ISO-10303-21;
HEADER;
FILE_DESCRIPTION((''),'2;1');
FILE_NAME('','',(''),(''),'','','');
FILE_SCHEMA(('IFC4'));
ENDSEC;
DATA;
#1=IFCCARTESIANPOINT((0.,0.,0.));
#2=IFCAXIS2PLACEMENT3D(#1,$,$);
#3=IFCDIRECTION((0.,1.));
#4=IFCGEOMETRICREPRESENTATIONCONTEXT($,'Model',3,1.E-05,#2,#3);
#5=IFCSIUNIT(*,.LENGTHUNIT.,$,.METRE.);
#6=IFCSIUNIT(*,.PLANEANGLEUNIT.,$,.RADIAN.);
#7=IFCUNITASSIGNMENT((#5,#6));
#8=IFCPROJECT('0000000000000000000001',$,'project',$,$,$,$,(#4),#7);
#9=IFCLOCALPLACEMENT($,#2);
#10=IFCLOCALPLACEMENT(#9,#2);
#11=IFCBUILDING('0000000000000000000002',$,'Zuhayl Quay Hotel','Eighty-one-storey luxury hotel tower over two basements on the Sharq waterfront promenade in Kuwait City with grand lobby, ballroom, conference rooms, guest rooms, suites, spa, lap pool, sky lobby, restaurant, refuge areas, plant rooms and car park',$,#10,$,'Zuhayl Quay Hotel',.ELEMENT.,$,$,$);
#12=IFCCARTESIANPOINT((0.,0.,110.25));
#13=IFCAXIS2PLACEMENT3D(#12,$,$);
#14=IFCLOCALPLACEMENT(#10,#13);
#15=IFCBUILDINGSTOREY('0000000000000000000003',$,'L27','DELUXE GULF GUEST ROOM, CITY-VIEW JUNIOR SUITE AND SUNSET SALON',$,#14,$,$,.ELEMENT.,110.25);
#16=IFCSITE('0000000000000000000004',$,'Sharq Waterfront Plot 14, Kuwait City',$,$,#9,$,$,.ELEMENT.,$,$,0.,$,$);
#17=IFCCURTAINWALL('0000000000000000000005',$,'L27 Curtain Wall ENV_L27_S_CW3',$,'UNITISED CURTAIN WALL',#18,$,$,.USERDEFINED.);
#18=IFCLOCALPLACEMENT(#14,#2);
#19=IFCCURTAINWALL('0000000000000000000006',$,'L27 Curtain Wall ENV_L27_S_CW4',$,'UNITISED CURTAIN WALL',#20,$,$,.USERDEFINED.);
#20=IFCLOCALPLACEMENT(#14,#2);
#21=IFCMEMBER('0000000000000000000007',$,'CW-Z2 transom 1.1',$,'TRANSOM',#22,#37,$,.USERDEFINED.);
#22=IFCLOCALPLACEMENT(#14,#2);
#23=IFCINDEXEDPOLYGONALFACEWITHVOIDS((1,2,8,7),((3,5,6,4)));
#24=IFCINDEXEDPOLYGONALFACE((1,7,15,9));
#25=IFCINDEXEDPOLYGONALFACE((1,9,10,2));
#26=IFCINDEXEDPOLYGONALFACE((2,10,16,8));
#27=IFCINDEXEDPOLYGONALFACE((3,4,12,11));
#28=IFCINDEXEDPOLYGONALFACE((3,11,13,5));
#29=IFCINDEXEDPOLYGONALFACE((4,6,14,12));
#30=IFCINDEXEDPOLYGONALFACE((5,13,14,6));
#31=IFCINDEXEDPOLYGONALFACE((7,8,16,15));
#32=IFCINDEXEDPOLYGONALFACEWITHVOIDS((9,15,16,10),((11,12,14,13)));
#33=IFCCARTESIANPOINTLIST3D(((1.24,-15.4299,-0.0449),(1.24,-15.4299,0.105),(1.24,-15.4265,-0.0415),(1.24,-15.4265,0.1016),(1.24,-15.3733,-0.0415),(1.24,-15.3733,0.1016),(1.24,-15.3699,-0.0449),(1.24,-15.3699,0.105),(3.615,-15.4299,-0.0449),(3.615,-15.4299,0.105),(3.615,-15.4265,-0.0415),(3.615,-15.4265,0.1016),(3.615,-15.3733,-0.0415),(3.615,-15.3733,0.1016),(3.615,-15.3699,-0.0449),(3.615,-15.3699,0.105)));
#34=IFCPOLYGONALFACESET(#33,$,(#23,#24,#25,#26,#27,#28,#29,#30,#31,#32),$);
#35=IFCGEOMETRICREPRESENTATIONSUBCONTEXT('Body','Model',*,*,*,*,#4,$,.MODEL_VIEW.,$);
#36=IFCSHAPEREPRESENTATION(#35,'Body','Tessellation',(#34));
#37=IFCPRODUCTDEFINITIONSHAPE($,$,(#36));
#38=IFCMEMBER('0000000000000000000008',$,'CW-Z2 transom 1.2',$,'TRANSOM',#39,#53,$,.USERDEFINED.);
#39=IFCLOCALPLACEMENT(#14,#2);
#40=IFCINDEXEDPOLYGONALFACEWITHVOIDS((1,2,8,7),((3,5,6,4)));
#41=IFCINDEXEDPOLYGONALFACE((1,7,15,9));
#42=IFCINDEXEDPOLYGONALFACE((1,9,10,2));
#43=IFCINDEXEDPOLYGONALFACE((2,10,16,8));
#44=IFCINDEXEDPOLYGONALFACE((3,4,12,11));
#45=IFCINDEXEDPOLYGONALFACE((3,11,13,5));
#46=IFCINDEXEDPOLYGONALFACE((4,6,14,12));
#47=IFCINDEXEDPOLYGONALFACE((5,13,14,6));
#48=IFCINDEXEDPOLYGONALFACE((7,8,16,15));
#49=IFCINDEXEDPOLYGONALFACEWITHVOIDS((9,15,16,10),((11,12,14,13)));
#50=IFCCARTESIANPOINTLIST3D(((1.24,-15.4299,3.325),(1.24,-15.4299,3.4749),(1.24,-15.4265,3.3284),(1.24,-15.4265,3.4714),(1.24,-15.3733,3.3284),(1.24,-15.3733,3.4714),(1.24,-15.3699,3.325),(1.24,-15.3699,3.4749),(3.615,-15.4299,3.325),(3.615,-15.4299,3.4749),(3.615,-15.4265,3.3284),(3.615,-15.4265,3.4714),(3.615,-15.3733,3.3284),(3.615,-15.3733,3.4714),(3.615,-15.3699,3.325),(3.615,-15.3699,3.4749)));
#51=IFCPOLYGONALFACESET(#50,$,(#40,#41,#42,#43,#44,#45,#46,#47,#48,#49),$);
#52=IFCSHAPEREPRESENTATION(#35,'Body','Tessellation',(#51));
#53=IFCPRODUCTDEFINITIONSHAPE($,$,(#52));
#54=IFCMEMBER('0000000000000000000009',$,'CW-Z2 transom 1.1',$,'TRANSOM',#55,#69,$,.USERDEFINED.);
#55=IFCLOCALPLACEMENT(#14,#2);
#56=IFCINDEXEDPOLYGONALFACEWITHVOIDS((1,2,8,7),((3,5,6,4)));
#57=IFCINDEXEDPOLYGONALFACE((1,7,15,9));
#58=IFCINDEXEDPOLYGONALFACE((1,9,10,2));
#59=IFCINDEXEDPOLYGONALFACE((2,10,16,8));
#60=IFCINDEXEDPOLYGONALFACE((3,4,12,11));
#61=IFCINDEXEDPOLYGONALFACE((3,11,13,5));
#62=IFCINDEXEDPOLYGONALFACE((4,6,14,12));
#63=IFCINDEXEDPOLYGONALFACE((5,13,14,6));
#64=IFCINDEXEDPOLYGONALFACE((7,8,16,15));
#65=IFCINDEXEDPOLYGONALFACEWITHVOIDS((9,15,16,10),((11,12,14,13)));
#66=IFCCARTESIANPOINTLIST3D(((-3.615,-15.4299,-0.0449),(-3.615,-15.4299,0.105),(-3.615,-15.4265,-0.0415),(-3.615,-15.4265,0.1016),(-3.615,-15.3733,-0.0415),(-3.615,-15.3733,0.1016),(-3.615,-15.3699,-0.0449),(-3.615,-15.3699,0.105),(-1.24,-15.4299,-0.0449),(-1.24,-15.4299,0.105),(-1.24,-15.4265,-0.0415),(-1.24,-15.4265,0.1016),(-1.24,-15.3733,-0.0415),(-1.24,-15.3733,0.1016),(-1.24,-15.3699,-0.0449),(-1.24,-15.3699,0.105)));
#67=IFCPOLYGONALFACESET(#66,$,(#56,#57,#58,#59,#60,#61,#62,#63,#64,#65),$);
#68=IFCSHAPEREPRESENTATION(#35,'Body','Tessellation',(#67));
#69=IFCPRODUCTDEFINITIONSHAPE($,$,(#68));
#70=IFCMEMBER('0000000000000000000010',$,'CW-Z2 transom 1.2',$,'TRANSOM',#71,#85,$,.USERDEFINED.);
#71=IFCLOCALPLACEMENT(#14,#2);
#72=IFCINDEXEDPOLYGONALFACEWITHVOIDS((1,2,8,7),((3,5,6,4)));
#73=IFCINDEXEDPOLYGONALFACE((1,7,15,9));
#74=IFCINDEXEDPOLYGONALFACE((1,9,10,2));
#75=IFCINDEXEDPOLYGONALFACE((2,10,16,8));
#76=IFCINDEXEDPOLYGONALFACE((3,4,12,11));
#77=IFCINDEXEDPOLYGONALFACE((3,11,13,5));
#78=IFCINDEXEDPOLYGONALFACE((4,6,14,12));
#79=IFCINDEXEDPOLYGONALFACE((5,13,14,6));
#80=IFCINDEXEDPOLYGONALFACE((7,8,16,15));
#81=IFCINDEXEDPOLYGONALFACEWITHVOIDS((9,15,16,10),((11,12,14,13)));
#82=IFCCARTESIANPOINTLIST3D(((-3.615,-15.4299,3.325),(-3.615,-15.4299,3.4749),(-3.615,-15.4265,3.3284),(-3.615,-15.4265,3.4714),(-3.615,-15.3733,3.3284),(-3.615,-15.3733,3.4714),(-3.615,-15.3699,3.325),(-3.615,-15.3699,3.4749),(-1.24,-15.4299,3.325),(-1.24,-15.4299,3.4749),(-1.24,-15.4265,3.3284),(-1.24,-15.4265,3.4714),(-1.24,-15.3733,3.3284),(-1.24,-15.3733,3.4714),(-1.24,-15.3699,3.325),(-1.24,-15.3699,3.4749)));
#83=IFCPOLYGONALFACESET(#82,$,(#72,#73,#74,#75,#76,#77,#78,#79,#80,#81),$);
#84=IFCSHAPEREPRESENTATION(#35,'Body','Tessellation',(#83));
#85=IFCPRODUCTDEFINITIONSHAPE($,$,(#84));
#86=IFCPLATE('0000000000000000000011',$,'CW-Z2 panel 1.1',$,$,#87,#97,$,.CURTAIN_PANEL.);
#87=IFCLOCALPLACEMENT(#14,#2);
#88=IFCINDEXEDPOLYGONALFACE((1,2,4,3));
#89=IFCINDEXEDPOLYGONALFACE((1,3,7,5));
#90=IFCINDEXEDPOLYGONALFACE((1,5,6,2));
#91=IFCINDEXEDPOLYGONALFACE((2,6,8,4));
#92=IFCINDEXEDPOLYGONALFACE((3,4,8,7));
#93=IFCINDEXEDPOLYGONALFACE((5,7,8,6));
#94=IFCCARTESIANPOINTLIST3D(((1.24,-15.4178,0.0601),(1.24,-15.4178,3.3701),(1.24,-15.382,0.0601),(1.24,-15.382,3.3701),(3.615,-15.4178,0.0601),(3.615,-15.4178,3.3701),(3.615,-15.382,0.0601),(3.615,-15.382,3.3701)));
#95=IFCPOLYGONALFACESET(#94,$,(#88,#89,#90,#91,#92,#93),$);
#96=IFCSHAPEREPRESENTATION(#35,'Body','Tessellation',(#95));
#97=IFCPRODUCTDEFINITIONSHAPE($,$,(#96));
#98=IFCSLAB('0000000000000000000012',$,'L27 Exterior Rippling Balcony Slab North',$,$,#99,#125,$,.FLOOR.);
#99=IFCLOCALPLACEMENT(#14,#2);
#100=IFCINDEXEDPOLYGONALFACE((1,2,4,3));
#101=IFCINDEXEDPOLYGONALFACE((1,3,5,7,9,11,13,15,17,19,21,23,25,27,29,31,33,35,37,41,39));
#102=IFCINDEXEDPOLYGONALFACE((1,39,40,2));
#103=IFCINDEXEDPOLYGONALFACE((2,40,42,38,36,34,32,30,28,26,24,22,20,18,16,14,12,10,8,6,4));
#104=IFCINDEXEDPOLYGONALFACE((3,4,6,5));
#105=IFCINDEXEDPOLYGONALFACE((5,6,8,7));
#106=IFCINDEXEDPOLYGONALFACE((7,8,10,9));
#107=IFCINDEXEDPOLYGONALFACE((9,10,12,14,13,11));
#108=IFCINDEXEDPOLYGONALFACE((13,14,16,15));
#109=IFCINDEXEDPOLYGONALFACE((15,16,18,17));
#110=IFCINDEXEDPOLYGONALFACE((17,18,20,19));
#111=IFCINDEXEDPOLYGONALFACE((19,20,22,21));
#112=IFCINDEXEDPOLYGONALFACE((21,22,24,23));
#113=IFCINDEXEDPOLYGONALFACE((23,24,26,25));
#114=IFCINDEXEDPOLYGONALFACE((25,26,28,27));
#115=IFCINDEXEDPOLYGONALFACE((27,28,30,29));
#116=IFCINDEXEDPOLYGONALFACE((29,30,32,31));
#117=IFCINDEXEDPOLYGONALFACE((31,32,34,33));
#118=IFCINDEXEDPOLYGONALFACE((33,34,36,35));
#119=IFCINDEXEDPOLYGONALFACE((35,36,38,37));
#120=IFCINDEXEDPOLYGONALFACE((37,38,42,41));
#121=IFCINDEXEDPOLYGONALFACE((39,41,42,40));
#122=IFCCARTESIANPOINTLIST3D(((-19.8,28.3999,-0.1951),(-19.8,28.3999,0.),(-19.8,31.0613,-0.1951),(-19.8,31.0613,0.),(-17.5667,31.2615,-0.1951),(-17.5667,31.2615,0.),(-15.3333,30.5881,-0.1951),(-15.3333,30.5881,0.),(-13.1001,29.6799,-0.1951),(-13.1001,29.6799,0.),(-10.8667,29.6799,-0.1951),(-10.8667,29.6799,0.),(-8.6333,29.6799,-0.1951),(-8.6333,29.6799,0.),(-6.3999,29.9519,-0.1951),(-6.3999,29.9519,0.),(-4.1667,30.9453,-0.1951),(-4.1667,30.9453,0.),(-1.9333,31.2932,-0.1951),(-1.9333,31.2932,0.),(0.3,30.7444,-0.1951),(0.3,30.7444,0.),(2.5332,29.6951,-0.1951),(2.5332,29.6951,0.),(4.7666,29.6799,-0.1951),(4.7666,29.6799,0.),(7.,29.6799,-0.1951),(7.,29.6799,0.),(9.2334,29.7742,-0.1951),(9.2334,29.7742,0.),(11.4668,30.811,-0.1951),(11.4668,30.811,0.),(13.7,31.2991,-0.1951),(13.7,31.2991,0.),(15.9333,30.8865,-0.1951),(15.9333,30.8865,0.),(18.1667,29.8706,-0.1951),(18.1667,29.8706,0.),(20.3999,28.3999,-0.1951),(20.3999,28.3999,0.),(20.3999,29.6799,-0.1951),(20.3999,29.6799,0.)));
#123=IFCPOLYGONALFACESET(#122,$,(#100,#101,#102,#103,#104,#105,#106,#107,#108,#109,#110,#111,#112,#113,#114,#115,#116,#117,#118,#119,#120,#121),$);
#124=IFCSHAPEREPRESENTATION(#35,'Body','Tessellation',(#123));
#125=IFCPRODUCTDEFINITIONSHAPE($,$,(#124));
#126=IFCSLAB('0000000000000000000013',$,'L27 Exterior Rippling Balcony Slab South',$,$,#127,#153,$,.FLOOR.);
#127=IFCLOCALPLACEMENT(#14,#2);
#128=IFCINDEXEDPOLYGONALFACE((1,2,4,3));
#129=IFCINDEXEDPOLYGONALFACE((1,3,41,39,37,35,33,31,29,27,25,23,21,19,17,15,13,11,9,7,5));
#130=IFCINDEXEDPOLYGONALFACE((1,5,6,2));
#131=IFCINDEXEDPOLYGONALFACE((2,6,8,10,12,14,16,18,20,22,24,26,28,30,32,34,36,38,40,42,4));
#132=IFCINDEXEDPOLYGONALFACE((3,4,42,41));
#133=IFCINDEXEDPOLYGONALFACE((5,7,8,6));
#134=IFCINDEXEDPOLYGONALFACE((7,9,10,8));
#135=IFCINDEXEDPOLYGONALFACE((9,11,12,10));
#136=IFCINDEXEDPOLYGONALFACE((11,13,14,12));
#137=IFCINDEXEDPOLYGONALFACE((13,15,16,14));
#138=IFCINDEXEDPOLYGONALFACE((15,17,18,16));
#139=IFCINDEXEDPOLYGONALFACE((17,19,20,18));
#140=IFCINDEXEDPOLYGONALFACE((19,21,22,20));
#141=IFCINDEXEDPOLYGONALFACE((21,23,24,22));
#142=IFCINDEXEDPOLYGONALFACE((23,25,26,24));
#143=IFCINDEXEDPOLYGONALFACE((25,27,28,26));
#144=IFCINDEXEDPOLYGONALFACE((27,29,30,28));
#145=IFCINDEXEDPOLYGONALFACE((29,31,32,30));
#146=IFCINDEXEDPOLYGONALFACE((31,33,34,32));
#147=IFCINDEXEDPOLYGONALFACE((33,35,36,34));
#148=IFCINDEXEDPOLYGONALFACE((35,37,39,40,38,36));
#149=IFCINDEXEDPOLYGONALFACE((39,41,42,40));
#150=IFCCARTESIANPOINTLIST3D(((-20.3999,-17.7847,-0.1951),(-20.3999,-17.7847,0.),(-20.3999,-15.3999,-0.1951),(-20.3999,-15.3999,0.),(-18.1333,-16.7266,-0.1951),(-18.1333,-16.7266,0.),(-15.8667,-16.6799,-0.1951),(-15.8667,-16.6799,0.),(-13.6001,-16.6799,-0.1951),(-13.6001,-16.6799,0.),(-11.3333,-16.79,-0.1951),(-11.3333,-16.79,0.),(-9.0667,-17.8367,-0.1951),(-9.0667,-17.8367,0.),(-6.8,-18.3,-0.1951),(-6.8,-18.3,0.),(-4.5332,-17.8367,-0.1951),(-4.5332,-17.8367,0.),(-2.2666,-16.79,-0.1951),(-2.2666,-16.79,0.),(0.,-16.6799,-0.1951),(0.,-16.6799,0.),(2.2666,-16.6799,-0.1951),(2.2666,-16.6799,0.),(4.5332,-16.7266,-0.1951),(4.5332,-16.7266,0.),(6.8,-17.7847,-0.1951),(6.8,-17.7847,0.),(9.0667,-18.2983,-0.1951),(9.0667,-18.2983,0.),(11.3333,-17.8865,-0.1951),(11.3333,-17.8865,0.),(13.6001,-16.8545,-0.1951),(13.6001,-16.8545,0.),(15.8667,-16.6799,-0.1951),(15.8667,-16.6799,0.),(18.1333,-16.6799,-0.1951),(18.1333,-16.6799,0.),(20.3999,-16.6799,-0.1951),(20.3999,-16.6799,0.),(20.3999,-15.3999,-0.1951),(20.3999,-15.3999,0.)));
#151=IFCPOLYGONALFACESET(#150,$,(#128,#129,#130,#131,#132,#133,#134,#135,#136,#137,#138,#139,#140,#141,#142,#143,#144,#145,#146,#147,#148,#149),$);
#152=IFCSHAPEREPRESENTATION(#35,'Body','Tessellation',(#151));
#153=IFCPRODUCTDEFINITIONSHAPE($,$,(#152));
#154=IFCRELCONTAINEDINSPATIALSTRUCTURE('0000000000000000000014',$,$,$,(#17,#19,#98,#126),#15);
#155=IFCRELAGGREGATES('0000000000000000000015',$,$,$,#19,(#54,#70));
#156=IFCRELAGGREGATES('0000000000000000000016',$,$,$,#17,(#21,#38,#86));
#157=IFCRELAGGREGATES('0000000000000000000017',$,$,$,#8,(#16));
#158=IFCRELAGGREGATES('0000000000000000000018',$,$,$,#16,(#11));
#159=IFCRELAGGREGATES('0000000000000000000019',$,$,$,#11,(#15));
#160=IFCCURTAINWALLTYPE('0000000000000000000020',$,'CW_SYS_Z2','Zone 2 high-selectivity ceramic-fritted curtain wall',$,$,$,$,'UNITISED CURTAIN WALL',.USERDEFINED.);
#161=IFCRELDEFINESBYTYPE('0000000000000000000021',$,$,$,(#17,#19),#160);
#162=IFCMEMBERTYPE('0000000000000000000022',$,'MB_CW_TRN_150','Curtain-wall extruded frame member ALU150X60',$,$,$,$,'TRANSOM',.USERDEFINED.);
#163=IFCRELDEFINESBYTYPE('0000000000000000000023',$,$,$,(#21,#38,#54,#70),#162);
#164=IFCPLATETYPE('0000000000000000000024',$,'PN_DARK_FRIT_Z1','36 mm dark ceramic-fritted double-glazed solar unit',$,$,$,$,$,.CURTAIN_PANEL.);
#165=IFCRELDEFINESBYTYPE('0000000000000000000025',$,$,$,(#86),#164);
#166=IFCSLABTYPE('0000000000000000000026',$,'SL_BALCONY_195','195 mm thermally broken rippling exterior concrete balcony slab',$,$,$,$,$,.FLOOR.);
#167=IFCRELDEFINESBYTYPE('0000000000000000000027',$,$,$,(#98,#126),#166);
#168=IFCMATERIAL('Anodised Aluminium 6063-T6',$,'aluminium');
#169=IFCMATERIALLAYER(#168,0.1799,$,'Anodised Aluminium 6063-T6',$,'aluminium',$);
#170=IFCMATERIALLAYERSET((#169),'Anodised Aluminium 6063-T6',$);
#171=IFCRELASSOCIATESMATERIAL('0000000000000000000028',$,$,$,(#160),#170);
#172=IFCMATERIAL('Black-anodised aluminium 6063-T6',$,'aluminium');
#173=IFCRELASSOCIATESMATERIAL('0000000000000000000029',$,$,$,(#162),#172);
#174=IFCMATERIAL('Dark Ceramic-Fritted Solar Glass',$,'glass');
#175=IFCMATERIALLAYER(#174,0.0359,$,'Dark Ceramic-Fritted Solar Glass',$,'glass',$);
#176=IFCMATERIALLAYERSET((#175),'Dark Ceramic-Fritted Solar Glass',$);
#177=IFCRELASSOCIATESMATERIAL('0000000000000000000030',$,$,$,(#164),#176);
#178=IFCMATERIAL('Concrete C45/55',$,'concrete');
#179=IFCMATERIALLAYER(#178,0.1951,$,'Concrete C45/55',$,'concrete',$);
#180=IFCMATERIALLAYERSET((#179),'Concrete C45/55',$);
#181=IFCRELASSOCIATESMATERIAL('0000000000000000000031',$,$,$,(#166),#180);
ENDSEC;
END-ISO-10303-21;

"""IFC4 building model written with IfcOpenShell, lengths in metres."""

from ifc_helpers import new_model, si_unit, direction, frame, origin, origin_2d, place, context, subcontext, project, spatial, polyline, rectangle, hollow_rectangle, outline, extrude, material, layer, layer_set, material_profile, profile_set, type_object, element, aggregate, save


model = new_model("IFC4")

# Units and contexts
model_context = context("Model", 3, precision=1e-05, world=origin(), true_north=direction((0.0, 1.0)))
body_context = subcontext(model_context, "Body", "Model", "MODEL_VIEW")
ifc_project = project(units=[si_unit("LENGTHUNIT", "METRE"), si_unit("PLANEANGLEUNIT", "RADIAN")], contexts=[model_context])

# Site, building, storey
site_placement = place(None, origin())
site = spatial("IfcSite", under=ifc_project, at=site_placement, Name="Sharq Waterfront Plot 14, Kuwait City", CompositionType="ELEMENT", RefElevation=0.0)
building_placement = place(site_placement, origin())
building = spatial("IfcBuilding", under=site, at=building_placement, Name="Zuhayl Quay Hotel", Description="Eighty-one-storey luxury hotel tower over two basements on the Sharq waterfront promenade in Kuwait City with grand lobby, ballroom, conference rooms, guest rooms, suites, spa, lap pool, sky lobby, restaurant, refuge areas, plant rooms and car park", LongName="Zuhayl Quay Hotel", CompositionType="ELEMENT")
storey_placement = place(building_placement, frame((0.0, 0.0, 110.25)))
storey = spatial("IfcBuildingStorey", under=building, at=storey_placement, Name="L27", Description="DELUXE GULF GUEST ROOM, CITY-VIEW JUNIOR SUITE AND SUNSET SALON", CompositionType="ELEMENT", Elevation=110.25)

# Curtain wall
ifc_material_1 = material(Name="Anodised Aluminium 6063-T6", Category="aluminium")
ifc_layer_1 = layer(ifc_material_1, 0.1799, Name="Anodised Aluminium 6063-T6", Category="aluminium")
ifc_layer_set_1 = layer_set([ifc_layer_1], Name="Anodised Aluminium 6063-T6")
curtain_wall_type = type_object("IfcCurtainWallType", Name="CW_SYS_Z2", Description="Zone 2 high-selectivity ceramic-fritted curtain wall", ElementType="UNITISED CURTAIN WALL", PredefinedType="USERDEFINED", material=ifc_layer_set_1)
curtain_wall_1_placement = place(storey_placement, origin())
curtain_wall_1 = element("IfcCurtainWall", 1, at=curtain_wall_1_placement, inside=storey, type_object=curtain_wall_type, Name="L27 Curtain Wall ENV_L27_S_CW3", ObjectType="UNITISED CURTAIN WALL", PredefinedType="USERDEFINED")
ifc_material_2 = material(Name="Black-anodised aluminium 6063-T6", Category="aluminium")

# Curtain wall
curtain_wall_2_placement = place(storey_placement, origin())
curtain_wall_2 = element("IfcCurtainWall", 2, at=curtain_wall_2_placement, inside=storey, type_object=curtain_wall_type, Name="L27 Curtain Wall ENV_L27_S_CW4", ObjectType="UNITISED CURTAIN WALL", PredefinedType="USERDEFINED")

# Members
ifc_material_profile_1 = material_profile(ifc_material_2, hollow_rectangle(XDim=0.0601, YDim=0.1499, WallThickness=0.0034, at=origin_2d()), Name="ALU150X60")
ifc_profile_set_1 = profile_set([ifc_material_profile_1], Name="Black-anodised aluminium 6063-T6")
member_type_1 = type_object("IfcMemberType", Name="MB_CW_TRN_150", Description="Curtain-wall extruded frame member ALU150X60", ElementType="TRANSOM", PredefinedType="USERDEFINED", material=ifc_profile_set_1)
member_1_placement = place(storey_placement, frame((3.615, -15.3999, 0.03), z_axis=(-1.0, 0.0, 0.0), x_axis=(0.0, -1.0, 0.0)))
member_1 = element("IfcMember", 3, at=member_1_placement, type_object=member_type_1, Name="CW-Z2 transom 1.1", ObjectType="TRANSOM", PredefinedType="USERDEFINED", context=body_context, shape_type="SweptSolid", body=[
    extrude(hollow_rectangle(XDim=0.0601, YDim=0.1499, WallThickness=0.0034, at=origin_2d()), origin(), (0.0, 0.0, 1.0), 2.375),
])
member_2_placement = place(storey_placement, frame((3.615, -15.3999, 3.3999), z_axis=(-1.0, 0.0, 0.0), x_axis=(0.0, -1.0, 0.0)))
member_2 = element("IfcMember", 4, at=member_2_placement, type_object=member_type_1, Name="CW-Z2 transom 1.2", ObjectType="TRANSOM", PredefinedType="USERDEFINED", context=body_context, shape_type="SweptSolid", body=[
    extrude(hollow_rectangle(XDim=0.0601, YDim=0.1499, WallThickness=0.0034, at=origin_2d()), origin(), (0.0, 0.0, 1.0), 2.375),
])
member_3_placement = place(storey_placement, frame((-1.24, -15.3999, 0.03), z_axis=(-1.0, 0.0, 0.0), x_axis=(0.0, -1.0, 0.0)))
member_3 = element("IfcMember", 5, at=member_3_placement, type_object=member_type_1, Name="CW-Z2 transom 1.1", ObjectType="TRANSOM", PredefinedType="USERDEFINED", context=body_context, shape_type="SweptSolid", body=[
    extrude(hollow_rectangle(XDim=0.0601, YDim=0.1499, WallThickness=0.0034, at=origin_2d()), origin(), (0.0, 0.0, 1.0), 2.375),
])
member_4_placement = place(storey_placement, frame((-1.24, -15.3999, 3.3999), z_axis=(-1.0, 0.0, 0.0), x_axis=(0.0, -1.0, 0.0)))
member_4 = element("IfcMember", 6, at=member_4_placement, type_object=member_type_1, Name="CW-Z2 transom 1.2", ObjectType="TRANSOM", PredefinedType="USERDEFINED", context=body_context, shape_type="SweptSolid", body=[
    extrude(hollow_rectangle(XDim=0.0601, YDim=0.1499, WallThickness=0.0034, at=origin_2d()), origin(), (0.0, 0.0, 1.0), 2.375),
])
aggregate(curtain_wall_2, [member_3, member_4])

# Plate
ifc_material_3 = material(Name="Dark Ceramic-Fritted Solar Glass", Category="glass")
ifc_layer_2 = layer(ifc_material_3, 0.0359, Name="Dark Ceramic-Fritted Solar Glass", Category="glass")
ifc_layer_set_2 = layer_set([ifc_layer_2], Name="Dark Ceramic-Fritted Solar Glass")
plate_type = type_object("IfcPlateType", Name="PN_DARK_FRIT_Z1", Description="36 mm dark ceramic-fritted double-glazed solar unit", PredefinedType="CURTAIN_PANEL", material=ifc_layer_set_2)
plate_placement = place(storey_placement, frame((2.4275, -15.3999, 0.0601), z_axis=(0.0, 0.0, 1.0), x_axis=(-1.0, 0.0, 0.0)))
plate = element("IfcPlate", 7, at=plate_placement, type_object=plate_type, Name="CW-Z2 panel 1.1", PredefinedType="CURTAIN_PANEL", context=body_context, shape_type="SweptSolid", body=[
    extrude(rectangle(XDim=2.375, YDim=0.0359, at=origin_2d()), origin(), (0.0, 0.0, 1.0), 3.3101),
])
aggregate(curtain_wall_1, [member_1, member_2, plate])

# Slabs
ifc_material_4 = material(Name="Concrete C45/55", Category="concrete")
ifc_layer_3 = layer(ifc_material_4, 0.1951, Name="Concrete C45/55", Category="concrete")
ifc_layer_set_3 = layer_set([ifc_layer_3], Name="Concrete C45/55")
slab_type_1 = type_object("IfcSlabType", Name="SL_BALCONY_195", Description="195 mm thermally broken rippling exterior concrete balcony slab", PredefinedType="FLOOR", material=ifc_layer_set_3)
slab_1_placement = place(storey_placement, frame((0.0, 0.0, -0.1951)))
element("IfcSlab", 8, at=slab_1_placement, inside=storey, type_object=slab_type_1, Name="L27 Exterior Rippling Balcony Slab North", PredefinedType="FLOOR", context=body_context, shape_type="SweptSolid", body=[
    extrude(outline(polyline([(-19.8, 28.3999), (20.3999, 28.3999), (20.3999, 29.6799), (18.1667, 29.8706), (15.9333, 30.8865), (13.7, 31.2991), (11.4668, 30.811), (9.2334, 29.7742), (7.0, 29.6799), (4.7666, 29.6799), (2.5332, 29.6951), (0.3, 30.7444), (-1.9333, 31.2932), (-4.1667, 30.9453), (-6.3999, 29.9519), (-8.6333, 29.6799), (-10.8667, 29.6799), (-13.1001, 29.6799), (-15.3333, 30.5881), (-17.5667, 31.2615), (-19.8, 31.0613), (-19.8, 28.3999)])), origin(), (0.0, 0.0, 1.0), 0.1951),
])
slab_2_placement = place(storey_placement, frame((0.0, 0.0, -0.1951)))
element("IfcSlab", 9, at=slab_2_placement, inside=storey, type_object=slab_type_1, Name="L27 Exterior Rippling Balcony Slab South", PredefinedType="FLOOR", context=body_context, shape_type="SweptSolid", body=[
    extrude(outline(polyline([(-20.3999, -17.7847), (-18.1333, -16.7266), (-15.8667, -16.6799), (-13.6001, -16.6799), (-11.3333, -16.79), (-9.0667, -17.8367), (-6.8, -18.3), (-4.5332, -17.8367), (-2.2666, -16.79), (0.0, -16.6799), (2.2666, -16.6799), (4.5332, -16.7266), (6.8, -17.7847), (9.0667, -18.2983), (11.3333, -17.8865), (13.6001, -16.8545), (15.8667, -16.6799), (18.1333, -16.6799), (20.3999, -16.6799), (20.3999, -15.3999), (-20.3999, -15.3999), (-20.3999, -17.7847)])), origin(), (0.0, 0.0, 1.0), 0.1951),
])

save(model, "model.ifc")
